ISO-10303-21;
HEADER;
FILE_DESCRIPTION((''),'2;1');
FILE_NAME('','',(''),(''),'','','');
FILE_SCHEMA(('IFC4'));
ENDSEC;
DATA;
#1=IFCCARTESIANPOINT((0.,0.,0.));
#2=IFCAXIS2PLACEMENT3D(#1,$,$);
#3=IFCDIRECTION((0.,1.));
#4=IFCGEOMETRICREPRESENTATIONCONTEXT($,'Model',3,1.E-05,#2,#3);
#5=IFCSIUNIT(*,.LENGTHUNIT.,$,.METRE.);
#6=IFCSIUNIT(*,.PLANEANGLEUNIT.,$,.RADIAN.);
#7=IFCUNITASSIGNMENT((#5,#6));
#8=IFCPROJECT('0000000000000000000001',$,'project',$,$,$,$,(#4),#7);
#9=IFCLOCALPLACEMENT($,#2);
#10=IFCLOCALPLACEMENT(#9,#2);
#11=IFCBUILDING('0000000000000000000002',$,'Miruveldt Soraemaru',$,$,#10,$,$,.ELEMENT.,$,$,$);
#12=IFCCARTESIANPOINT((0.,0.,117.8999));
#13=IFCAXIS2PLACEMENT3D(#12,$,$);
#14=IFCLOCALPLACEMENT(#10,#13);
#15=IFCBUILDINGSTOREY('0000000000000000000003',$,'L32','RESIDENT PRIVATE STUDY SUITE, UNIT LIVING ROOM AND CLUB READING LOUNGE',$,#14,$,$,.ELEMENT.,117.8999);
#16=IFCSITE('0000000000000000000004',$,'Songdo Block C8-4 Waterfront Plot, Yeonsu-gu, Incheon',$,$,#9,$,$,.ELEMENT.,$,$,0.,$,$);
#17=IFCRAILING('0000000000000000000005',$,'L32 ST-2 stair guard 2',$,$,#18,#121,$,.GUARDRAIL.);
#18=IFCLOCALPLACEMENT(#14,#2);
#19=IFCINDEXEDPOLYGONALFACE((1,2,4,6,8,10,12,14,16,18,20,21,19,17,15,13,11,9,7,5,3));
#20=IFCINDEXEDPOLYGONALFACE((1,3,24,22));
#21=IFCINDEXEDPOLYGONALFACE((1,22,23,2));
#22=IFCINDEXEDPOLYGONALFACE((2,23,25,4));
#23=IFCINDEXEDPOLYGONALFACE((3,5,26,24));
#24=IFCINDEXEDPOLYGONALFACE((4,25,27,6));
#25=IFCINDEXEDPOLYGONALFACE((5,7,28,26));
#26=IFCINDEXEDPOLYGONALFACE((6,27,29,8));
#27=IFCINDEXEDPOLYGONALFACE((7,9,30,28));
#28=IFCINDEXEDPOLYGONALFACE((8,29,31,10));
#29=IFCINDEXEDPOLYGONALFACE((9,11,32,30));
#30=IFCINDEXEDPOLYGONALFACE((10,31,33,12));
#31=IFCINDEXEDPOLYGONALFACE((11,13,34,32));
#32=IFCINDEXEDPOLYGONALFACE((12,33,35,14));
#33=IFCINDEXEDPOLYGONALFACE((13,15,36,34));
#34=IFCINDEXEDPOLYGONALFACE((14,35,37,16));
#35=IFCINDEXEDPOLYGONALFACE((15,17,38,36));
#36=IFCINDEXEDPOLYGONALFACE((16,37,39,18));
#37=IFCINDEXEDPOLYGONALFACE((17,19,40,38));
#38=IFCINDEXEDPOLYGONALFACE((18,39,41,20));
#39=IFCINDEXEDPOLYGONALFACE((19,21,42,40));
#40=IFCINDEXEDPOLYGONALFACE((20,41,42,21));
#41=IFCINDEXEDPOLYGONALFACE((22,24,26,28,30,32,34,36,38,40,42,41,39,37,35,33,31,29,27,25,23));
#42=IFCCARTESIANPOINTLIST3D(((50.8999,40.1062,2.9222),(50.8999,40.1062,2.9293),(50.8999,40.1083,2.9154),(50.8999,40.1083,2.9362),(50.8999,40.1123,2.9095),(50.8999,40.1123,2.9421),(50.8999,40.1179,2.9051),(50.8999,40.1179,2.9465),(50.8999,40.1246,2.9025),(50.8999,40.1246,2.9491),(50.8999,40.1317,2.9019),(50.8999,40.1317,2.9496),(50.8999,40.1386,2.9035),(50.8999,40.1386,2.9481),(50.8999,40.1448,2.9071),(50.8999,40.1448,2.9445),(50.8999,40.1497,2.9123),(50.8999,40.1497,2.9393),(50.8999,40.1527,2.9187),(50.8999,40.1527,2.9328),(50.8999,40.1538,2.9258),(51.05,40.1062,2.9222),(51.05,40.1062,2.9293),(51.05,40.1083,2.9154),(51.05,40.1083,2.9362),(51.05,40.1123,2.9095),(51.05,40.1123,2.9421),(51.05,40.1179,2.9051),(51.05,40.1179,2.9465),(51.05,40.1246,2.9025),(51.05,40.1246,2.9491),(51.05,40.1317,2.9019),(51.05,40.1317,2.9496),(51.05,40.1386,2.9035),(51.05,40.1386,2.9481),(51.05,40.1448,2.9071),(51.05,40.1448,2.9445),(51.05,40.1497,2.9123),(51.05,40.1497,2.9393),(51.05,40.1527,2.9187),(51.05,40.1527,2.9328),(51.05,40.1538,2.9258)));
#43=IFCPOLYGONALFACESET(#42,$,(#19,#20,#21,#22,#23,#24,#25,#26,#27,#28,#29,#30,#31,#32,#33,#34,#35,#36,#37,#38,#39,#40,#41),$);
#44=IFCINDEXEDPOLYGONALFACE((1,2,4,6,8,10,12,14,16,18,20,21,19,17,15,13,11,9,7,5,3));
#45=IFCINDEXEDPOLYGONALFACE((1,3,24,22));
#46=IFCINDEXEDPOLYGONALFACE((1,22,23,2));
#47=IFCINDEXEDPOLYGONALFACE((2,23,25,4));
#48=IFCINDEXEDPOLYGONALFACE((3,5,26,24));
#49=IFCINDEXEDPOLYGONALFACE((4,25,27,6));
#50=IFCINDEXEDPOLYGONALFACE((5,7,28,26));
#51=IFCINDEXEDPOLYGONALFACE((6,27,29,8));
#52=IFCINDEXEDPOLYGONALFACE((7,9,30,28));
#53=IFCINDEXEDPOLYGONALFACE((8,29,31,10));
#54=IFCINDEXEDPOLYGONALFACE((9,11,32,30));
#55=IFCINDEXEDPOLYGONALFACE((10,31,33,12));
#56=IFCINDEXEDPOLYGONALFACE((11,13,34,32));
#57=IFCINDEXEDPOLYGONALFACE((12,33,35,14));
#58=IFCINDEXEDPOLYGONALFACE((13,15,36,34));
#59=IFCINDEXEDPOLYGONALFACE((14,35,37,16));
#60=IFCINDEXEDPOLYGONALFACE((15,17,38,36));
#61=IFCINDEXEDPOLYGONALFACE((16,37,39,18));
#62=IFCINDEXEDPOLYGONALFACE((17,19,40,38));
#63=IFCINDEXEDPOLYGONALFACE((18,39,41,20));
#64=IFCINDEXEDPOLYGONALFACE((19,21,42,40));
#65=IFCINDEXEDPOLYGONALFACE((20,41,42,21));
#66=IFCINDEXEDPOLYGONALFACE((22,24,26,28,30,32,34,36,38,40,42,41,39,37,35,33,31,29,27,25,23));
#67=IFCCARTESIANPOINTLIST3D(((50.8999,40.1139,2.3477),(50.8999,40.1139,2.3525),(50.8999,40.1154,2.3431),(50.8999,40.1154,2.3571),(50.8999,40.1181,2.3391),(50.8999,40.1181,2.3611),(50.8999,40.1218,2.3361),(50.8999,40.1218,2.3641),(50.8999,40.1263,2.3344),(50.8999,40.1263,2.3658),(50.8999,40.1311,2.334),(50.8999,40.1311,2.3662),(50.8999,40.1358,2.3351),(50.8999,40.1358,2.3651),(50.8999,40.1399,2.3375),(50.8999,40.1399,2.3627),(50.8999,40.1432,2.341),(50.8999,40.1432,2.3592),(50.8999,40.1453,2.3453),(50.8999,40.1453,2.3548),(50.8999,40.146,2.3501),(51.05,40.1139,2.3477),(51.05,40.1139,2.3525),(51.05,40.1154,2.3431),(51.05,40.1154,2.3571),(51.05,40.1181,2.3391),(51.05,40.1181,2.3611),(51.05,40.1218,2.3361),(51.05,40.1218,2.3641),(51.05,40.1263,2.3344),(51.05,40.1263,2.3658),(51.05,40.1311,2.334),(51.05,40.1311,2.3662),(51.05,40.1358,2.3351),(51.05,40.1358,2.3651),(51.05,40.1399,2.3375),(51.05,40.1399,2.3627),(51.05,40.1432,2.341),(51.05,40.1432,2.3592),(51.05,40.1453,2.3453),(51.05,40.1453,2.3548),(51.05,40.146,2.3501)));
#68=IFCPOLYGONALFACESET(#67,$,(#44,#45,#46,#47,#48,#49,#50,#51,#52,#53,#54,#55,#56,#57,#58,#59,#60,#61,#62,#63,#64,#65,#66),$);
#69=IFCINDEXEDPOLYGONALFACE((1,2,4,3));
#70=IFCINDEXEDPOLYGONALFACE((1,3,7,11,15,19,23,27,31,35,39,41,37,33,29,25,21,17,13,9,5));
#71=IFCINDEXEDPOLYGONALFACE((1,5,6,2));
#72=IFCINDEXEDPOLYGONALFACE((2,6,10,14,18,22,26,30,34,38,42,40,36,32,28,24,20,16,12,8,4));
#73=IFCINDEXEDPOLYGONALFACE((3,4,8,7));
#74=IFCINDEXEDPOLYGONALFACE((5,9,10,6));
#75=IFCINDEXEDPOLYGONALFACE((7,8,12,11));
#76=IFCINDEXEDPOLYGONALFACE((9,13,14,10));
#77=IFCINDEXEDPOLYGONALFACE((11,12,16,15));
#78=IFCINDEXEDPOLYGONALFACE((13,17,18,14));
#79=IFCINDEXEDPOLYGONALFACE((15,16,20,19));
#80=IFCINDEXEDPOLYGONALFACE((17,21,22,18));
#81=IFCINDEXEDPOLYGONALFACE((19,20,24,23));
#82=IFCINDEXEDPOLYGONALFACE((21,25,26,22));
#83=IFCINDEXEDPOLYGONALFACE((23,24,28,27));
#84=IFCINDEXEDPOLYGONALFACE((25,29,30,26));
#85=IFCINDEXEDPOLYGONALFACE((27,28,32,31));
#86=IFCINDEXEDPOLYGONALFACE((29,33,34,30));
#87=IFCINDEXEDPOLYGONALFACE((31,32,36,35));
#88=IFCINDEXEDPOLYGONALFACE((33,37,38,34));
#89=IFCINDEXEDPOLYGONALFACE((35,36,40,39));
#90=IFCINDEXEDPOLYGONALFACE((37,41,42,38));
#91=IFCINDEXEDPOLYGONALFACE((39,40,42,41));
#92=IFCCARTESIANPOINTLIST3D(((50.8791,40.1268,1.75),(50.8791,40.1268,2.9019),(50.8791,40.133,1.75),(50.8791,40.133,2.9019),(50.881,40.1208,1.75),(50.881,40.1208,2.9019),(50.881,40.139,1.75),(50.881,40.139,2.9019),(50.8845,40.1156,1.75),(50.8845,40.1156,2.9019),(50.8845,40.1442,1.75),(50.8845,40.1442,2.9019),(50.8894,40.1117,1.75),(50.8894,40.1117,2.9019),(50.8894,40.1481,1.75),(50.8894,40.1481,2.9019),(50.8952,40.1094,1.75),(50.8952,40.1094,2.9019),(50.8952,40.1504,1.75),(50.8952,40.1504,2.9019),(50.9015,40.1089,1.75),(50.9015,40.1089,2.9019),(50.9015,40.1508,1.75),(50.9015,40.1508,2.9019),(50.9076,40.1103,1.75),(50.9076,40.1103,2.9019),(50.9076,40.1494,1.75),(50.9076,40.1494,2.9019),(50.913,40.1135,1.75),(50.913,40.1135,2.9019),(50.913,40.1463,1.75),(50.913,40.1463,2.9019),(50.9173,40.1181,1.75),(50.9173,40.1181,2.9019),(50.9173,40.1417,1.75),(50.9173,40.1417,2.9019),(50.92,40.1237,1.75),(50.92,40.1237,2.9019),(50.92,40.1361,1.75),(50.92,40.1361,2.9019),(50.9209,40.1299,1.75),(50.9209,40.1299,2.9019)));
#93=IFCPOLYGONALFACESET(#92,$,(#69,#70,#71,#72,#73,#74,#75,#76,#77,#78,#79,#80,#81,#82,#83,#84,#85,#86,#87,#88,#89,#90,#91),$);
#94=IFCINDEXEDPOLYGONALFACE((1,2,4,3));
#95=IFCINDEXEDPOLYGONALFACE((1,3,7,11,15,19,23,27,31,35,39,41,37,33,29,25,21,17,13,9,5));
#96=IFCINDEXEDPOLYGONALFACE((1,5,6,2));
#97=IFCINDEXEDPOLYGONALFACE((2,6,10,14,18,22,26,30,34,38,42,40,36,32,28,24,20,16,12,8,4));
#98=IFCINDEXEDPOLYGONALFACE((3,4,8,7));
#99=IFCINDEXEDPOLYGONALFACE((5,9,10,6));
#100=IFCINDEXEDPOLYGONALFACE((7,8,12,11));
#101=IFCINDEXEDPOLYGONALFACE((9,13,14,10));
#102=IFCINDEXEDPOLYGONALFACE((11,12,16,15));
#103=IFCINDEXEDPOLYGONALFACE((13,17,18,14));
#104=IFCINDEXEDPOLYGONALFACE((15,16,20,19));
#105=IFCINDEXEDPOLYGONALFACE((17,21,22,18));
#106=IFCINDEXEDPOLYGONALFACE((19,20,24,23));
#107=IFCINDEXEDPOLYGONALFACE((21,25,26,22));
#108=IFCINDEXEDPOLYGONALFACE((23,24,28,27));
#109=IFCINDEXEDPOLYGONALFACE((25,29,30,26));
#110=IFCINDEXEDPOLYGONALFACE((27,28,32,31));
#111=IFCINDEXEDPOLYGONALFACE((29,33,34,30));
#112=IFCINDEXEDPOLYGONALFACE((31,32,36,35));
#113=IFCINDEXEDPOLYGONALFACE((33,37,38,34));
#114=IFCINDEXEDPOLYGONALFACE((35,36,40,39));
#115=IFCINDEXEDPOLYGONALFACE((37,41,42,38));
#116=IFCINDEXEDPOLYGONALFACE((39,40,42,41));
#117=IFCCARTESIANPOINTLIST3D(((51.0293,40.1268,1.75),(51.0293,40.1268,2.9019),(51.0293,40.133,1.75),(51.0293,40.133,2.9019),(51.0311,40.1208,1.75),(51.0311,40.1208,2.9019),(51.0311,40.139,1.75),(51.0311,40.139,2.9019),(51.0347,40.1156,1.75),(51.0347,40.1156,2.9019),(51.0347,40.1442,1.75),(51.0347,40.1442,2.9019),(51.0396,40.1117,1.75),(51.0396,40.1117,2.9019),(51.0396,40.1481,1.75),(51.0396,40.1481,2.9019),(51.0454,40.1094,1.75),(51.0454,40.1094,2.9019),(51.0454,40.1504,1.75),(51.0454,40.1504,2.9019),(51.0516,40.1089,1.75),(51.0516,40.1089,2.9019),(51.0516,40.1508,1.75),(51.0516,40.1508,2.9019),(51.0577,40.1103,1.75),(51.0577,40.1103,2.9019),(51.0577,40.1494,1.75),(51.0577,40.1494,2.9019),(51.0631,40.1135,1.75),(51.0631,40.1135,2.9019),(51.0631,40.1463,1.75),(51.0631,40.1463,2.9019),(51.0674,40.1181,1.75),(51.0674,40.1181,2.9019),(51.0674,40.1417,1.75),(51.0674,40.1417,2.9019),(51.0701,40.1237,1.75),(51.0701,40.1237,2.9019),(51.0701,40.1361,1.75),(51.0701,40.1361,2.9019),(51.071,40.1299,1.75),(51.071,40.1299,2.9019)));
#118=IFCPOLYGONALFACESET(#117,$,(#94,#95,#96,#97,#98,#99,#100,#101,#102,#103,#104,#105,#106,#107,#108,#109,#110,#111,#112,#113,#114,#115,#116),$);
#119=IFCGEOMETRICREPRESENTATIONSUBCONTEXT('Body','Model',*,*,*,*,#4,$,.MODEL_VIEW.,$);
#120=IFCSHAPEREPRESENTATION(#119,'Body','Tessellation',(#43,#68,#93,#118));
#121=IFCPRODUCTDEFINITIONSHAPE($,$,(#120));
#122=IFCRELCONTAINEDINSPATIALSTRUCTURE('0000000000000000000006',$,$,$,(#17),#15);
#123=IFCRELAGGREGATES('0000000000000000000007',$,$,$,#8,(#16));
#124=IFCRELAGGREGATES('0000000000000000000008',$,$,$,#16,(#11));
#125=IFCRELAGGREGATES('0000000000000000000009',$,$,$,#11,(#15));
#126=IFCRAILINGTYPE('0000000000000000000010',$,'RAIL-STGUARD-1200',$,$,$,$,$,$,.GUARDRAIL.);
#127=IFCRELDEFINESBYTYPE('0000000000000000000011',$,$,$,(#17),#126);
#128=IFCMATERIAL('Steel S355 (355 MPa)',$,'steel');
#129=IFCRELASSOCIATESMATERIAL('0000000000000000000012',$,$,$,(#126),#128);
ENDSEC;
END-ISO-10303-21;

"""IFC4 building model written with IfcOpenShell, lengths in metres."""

from ifc_helpers import new_model, si_unit, direction, frame, origin, origin_2d, place, context, subcontext, project, spatial, circle, extrude, material, type_object, element, save


model = new_model("IFC4")

# Units and contexts
model_context = context("Model", 3, precision=1e-05, world=origin(), true_north=direction((0.0, 1.0)))
body_context = subcontext(model_context, "Body", "Model", "MODEL_VIEW")
ifc_project = project(units=[si_unit("LENGTHUNIT", "METRE"), si_unit("PLANEANGLEUNIT", "RADIAN")], contexts=[model_context])

# Site, building, storey
site_placement = place(None, origin())
site = spatial("IfcSite", under=ifc_project, at=site_placement, Name="Songdo Block C8-4 Waterfront Plot, Yeonsu-gu, Incheon", CompositionType="ELEMENT", RefElevation=0.0)
building_placement = place(site_placement, origin())
building = spatial("IfcBuilding", under=site, at=building_placement, Name="Miruveldt Soraemaru", CompositionType="ELEMENT")
storey_placement = place(building_placement, frame((0.0, 0.0, 117.8999)))
storey = spatial("IfcBuildingStorey", under=building, at=storey_placement, Name="L32", Description="RESIDENT PRIVATE STUDY SUITE, UNIT LIVING ROOM AND CLUB READING LOUNGE", CompositionType="ELEMENT", Elevation=117.8999)

# Railing
ifc_material_1 = material(Name="Steel S355 (355 MPa)", Category="steel")
railing_type_1 = type_object("IfcRailingType", Name="RAIL-STGUARD-1200", PredefinedType="GUARDRAIL", material=ifc_material_1)
railing_1_placement = place(storey_placement, frame((50.8999, 40.1299, 1.75)))
element("IfcRailing", 1, at=railing_1_placement, inside=storey, type_object=railing_type_1, Name="L32 ST-2 stair guard 2", PredefinedType="GUARDRAIL", context=body_context, shape_type="SweptSolid", body=[
    extrude(circle(Radius=0.0239, at=origin_2d()), frame((0.0, 0.0, 1.1758), z_axis=(1.0, 0.0, 0.0), x_axis=(0.0, 1.0, 0.0)), (0.0, 0.0, 1.0), 0.1501),
    extrude(circle(Radius=0.0161, at=origin_2d()), frame((0.0, 0.0, 0.6001), z_axis=(1.0, 0.0, 0.0), x_axis=(0.0, 1.0, 0.0)), (0.0, 0.0, 1.0), 0.1501),
    extrude(circle(Radius=0.021, at=origin_2d()), origin(), (0.0, 0.0, 1.0), 1.1519),
    extrude(circle(Radius=0.021, at=origin_2d()), frame((0.1501, 0.0, 0.0)), (0.0, 0.0, 1.0), 1.1519),
])

save(model, "model.ifc")
